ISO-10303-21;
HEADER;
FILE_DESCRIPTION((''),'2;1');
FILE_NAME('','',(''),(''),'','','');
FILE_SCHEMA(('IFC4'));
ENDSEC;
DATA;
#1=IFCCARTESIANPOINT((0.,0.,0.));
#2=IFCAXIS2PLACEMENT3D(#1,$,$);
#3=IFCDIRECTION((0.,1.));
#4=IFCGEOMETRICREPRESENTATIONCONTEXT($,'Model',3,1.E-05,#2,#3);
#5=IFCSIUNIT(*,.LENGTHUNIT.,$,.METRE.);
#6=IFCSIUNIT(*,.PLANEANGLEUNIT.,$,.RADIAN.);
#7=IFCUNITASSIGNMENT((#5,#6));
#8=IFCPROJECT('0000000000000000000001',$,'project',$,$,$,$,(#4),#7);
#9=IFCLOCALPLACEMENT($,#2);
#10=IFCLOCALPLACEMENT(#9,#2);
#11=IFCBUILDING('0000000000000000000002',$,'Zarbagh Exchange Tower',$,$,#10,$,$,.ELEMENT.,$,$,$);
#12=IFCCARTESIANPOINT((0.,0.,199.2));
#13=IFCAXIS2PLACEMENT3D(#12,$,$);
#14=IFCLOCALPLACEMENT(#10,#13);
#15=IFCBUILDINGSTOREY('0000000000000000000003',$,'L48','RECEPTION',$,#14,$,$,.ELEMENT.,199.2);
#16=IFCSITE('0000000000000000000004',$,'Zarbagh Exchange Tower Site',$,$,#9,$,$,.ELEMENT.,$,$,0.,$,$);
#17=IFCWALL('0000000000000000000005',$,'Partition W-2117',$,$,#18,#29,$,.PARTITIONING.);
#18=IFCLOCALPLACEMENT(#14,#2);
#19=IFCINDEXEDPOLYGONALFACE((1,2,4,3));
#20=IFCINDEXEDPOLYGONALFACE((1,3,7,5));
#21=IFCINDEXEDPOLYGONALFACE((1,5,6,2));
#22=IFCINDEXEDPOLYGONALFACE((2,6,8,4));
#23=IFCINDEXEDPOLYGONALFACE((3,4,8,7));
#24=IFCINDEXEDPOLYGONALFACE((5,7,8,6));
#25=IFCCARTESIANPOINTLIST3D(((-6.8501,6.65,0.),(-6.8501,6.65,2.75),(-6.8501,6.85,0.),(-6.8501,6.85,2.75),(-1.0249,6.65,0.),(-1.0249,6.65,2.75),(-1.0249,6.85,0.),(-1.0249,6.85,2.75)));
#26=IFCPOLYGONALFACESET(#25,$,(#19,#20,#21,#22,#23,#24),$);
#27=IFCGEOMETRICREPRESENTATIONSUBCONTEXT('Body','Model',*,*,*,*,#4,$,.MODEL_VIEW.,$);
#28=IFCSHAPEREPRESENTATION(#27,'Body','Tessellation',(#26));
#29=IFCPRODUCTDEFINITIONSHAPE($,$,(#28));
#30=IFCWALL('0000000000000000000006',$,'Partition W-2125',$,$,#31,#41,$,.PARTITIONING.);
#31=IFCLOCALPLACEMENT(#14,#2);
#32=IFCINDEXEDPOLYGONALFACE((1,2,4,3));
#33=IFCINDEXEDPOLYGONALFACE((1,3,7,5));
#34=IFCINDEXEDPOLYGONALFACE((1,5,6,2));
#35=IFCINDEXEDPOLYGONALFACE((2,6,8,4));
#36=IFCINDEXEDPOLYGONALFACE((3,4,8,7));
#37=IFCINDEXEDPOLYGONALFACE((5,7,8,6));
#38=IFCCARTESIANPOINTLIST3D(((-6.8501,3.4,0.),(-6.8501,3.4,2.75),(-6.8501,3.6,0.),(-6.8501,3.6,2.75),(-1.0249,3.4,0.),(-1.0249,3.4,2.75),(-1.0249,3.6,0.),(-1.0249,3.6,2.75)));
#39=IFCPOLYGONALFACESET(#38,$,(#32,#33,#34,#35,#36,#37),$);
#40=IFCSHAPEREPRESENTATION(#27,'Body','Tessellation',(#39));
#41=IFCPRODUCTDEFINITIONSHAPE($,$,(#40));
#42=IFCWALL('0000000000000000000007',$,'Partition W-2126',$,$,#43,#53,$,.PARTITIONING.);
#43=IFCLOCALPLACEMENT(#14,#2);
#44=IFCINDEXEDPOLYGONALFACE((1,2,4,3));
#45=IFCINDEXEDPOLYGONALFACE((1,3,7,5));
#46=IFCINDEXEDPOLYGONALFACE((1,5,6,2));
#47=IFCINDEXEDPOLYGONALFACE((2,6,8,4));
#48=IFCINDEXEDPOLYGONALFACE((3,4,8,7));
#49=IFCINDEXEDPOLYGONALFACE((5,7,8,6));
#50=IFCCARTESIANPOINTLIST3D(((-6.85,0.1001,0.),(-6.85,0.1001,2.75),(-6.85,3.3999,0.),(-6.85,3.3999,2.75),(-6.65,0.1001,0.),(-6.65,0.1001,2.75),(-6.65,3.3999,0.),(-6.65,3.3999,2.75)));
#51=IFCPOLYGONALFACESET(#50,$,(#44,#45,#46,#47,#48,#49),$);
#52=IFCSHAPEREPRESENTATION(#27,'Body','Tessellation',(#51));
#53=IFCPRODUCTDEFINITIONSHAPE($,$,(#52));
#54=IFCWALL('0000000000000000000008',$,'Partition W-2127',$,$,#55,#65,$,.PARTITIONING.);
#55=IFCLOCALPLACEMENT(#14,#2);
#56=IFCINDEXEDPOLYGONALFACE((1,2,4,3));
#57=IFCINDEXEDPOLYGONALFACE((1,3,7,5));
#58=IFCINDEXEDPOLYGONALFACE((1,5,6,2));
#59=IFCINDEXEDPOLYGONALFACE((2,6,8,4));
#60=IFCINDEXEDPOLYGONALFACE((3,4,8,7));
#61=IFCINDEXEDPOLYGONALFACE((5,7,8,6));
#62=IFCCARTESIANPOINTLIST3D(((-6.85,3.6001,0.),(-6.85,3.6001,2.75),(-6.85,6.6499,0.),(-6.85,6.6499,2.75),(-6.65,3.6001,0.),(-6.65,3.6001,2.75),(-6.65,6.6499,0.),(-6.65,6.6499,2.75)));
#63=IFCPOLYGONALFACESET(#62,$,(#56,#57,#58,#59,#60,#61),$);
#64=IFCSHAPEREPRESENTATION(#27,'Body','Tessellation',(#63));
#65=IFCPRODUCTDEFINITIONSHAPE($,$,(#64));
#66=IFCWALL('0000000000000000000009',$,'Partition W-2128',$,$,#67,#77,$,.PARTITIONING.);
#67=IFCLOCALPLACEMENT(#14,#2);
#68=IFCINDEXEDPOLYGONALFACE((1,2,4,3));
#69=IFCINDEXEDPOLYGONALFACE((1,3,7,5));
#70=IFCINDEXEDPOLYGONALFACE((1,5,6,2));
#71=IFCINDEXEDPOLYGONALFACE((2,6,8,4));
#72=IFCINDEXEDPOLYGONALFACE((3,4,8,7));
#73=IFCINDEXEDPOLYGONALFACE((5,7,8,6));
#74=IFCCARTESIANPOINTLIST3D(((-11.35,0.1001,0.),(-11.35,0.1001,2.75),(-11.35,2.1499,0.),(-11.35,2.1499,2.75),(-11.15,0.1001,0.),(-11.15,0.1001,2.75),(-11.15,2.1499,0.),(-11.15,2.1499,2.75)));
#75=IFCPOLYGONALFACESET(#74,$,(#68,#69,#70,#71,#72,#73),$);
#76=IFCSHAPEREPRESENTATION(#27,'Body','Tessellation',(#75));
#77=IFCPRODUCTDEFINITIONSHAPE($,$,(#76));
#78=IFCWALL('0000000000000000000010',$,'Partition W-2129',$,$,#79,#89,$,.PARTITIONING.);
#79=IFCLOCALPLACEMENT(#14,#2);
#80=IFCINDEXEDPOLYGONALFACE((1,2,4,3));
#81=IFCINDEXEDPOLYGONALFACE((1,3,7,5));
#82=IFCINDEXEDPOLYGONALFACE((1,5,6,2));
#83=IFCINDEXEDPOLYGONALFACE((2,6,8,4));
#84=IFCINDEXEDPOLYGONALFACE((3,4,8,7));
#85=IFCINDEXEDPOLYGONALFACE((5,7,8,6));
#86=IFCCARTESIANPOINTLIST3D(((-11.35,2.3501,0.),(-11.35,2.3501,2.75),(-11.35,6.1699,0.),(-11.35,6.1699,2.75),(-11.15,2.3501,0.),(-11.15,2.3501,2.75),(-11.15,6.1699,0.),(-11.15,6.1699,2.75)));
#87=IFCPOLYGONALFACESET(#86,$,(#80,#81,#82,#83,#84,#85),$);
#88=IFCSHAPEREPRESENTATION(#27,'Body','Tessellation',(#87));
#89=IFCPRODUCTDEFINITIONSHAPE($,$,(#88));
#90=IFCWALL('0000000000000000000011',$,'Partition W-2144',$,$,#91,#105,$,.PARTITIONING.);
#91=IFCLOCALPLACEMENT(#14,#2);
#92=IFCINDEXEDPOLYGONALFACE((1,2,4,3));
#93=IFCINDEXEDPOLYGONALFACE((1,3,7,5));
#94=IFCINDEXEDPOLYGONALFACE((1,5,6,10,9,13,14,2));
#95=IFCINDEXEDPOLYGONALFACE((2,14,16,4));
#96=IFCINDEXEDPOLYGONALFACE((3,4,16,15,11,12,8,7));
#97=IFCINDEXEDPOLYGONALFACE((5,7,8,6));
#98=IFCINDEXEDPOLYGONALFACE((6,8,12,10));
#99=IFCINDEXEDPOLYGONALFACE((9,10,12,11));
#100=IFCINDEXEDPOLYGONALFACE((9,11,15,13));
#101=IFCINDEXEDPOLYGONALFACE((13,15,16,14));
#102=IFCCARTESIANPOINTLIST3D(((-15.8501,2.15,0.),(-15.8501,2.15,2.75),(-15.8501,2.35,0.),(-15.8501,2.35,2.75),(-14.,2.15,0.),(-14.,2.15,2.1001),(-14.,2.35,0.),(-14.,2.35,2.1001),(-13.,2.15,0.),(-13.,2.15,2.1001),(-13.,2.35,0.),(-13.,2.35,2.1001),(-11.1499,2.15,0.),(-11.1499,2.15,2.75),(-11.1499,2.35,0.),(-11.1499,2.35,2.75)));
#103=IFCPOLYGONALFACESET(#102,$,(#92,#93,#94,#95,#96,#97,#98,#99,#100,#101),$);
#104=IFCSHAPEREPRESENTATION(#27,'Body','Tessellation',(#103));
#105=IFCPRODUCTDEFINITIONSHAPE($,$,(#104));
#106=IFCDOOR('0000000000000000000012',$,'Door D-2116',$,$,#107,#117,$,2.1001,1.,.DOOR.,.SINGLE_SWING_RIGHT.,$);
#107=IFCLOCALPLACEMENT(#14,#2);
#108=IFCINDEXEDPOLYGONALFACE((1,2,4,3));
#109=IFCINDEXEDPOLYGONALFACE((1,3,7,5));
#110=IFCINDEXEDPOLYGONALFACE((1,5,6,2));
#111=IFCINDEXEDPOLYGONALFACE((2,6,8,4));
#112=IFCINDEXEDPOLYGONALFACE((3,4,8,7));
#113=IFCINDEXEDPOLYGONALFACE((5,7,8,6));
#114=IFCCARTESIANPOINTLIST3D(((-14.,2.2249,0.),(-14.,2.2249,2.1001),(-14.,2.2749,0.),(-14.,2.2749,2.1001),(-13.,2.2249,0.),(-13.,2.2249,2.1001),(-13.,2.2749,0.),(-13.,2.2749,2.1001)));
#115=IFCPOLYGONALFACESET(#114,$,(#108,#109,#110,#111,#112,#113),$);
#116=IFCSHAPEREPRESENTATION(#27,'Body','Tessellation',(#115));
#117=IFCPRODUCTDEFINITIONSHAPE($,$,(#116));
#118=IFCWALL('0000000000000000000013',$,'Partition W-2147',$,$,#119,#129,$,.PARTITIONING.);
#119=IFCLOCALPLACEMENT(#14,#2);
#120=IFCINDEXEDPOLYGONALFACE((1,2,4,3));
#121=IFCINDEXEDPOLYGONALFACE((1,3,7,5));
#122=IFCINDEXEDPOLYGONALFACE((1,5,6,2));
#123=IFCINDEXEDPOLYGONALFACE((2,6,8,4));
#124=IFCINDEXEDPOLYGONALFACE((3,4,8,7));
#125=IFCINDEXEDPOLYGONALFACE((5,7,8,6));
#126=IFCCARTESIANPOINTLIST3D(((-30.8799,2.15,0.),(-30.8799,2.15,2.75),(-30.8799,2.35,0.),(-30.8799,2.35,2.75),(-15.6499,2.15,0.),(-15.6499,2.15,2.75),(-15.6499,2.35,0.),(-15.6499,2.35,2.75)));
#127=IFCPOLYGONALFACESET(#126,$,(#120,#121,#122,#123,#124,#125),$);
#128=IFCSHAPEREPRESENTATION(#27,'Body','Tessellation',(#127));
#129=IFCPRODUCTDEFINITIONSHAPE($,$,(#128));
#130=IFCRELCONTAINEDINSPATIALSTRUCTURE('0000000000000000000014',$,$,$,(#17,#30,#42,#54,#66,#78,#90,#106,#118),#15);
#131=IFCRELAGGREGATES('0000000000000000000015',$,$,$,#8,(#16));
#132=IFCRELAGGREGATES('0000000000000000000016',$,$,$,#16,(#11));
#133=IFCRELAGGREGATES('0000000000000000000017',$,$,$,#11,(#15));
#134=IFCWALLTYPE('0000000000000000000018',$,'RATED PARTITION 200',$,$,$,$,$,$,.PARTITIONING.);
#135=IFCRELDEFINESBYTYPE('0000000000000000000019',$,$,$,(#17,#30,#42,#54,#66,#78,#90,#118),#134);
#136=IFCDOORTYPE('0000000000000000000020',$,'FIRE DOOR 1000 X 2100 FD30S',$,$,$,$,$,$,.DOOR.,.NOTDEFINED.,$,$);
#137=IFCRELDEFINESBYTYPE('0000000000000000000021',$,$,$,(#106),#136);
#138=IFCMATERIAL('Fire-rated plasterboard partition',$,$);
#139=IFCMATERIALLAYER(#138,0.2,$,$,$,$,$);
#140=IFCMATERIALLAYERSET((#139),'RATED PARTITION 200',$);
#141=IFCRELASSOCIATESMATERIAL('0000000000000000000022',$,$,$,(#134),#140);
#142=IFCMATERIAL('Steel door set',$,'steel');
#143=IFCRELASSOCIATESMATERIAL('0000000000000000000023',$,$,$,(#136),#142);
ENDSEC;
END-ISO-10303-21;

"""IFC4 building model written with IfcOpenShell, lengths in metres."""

from ifc_helpers import new_model, si_unit, direction, frame, frame_2d, origin, place, context, subcontext, project, spatial, rectangle, extrude, material, layer, layer_set, type_object, element, fill, save


model = new_model("IFC4")

# Units and contexts
model_context = context("Model", 3, precision=1e-05, world=origin(), true_north=direction((0.0, 1.0)))
body_context = subcontext(model_context, "Body", "Model", "MODEL_VIEW")
ifc_project = project(units=[si_unit("LENGTHUNIT", "METRE"), si_unit("PLANEANGLEUNIT", "RADIAN")], contexts=[model_context])

# Site, building, storey
site_placement = place(None, origin())
site = spatial("IfcSite", under=ifc_project, at=site_placement, Name="Zarbagh Exchange Tower Site", CompositionType="ELEMENT", RefElevation=0.0)
building_placement = place(site_placement, origin())
building = spatial("IfcBuilding", under=site, at=building_placement, Name="Zarbagh Exchange Tower", CompositionType="ELEMENT")
storey_placement = place(building_placement, frame((0.0, 0.0, 199.2)))
storey = spatial("IfcBuildingStorey", under=building, at=storey_placement, Name="L48", Description="RECEPTION", CompositionType="ELEMENT", Elevation=199.2)

# Walls
ifc_material_1 = material(Name="Fire-rated plasterboard partition")
ifc_layer = layer(ifc_material_1, 0.2)
ifc_layer_set = layer_set([ifc_layer], Name="RATED PARTITION 200")
wall_type = type_object("IfcWallType", Name="RATED PARTITION 200", PredefinedType="PARTITIONING", material=ifc_layer_set)
for number, where, z_axis, x_axis, name in (
    (1, (-6.8501, 6.75, 0.0), (0.0, 0.0, 1.0), (1.0, 0.0, 0.0), "Partition W-2117"),
    (2, (-6.8501, 3.5, 0.0), (0.0, 0.0, 1.0), (1.0, 0.0, 0.0), "Partition W-2125"),
):
    element("IfcWall", number, at=place(storey_placement, frame(where, z_axis=z_axis, x_axis=x_axis)), inside=storey, type_object=wall_type, Name=name, PredefinedType="PARTITIONING", context=body_context, shape_type="SweptSolid", body=[
        extrude(rectangle(XDim=5.8252, YDim=0.2, at=frame_2d((2.9126, 0.0))), origin(), (0.0, 0.0, 1.0), 2.75),
    ])
wall_1_placement = place(storey_placement, frame((-6.75, 0.1001, 0.0), z_axis=(0.0, 0.0, 1.0), x_axis=(0.0, 1.0, 0.0)))
element("IfcWall", 3, at=wall_1_placement, inside=storey, type_object=wall_type, Name="Partition W-2126", PredefinedType="PARTITIONING", context=body_context, shape_type="SweptSolid", body=[
    extrude(rectangle(XDim=3.2998, YDim=0.2, at=frame_2d((1.6499, 0.0))), origin(), (0.0, 0.0, 1.0), 2.75),
])
wall_2_placement = place(storey_placement, frame((-6.75, 3.6001, 0.0), z_axis=(0.0, 0.0, 1.0), x_axis=(0.0, 1.0, 0.0)))
element("IfcWall", 4, at=wall_2_placement, inside=storey, type_object=wall_type, Name="Partition W-2127", PredefinedType="PARTITIONING", context=body_context, shape_type="SweptSolid", body=[
    extrude(rectangle(XDim=3.0498, YDim=0.2, at=frame_2d((1.5249, 0.0))), origin(), (0.0, 0.0, 1.0), 2.75),
])
wall_3_placement = place(storey_placement, frame((-11.25, 0.1001, 0.0), z_axis=(0.0, 0.0, 1.0), x_axis=(0.0, 1.0, 0.0)))
element("IfcWall", 5, at=wall_3_placement, inside=storey, type_object=wall_type, Name="Partition W-2128", PredefinedType="PARTITIONING", context=body_context, shape_type="SweptSolid", body=[
    extrude(rectangle(XDim=2.0498, YDim=0.2, at=frame_2d((1.0249, 0.0))), origin(), (0.0, 0.0, 1.0), 2.75),
])
wall_4_placement = place(storey_placement, frame((-11.25, 2.3501, 0.0), z_axis=(0.0, 0.0, 1.0), x_axis=(0.0, 1.0, 0.0)))
element("IfcWall", 6, at=wall_4_placement, inside=storey, type_object=wall_type, Name="Partition W-2129", PredefinedType="PARTITIONING", context=body_context, shape_type="SweptSolid", body=[
    extrude(rectangle(XDim=3.8198, YDim=0.2, at=frame_2d((1.9099, 0.0))), origin(), (0.0, 0.0, 1.0), 2.75),
])

# Wall, opening, door
wall_5_placement = place(storey_placement, frame((-15.8501, 2.25, 0.0), z_axis=(0.0, 0.0, 1.0), x_axis=(1.0, 0.0, 0.0)))
wall_5 = element("IfcWall", 7, at=wall_5_placement, inside=storey, type_object=wall_type, Name="Partition W-2144", PredefinedType="PARTITIONING", context=body_context, shape_type="SweptSolid", body=[
    extrude(rectangle(XDim=4.7002, YDim=0.2, at=frame_2d((2.3501, 0.0))), origin(), (0.0, 0.0, 1.0), 2.75),
])
opening_placement = place(wall_5_placement, frame((1.8501, 0.0, 0.0)))
opening = element("IfcOpeningElement", 8, at=opening_placement, cuts=wall_5, PredefinedType="OPENING", context=body_context, shape_type="SweptSolid", body=[
    extrude(rectangle(XDim=1.0, YDim=2.1001, at=frame_2d((0.5, 1.05))), frame((0.0, 0.1099, 0.0), z_axis=(0.0, -1.0, 0.0), x_axis=(1.0, 0.0, 0.0)), (0.0, 0.0, 1.0), 0.22),
])
ifc_material_2 = material(Name="Steel door set", Category="steel")
door_type = type_object("IfcDoorType", Name="FIRE DOOR 1000 X 2100 FD30S", OperationType="NOTDEFINED", PredefinedType="DOOR", material=ifc_material_2)
door_placement = place(opening_placement, origin())
door = element("IfcDoor", 9, at=door_placement, inside=storey, type_object=door_type, Name="Door D-2116", OperationType="SINGLE_SWING_RIGHT", OverallHeight=2.1001, OverallWidth=1.0, PredefinedType="DOOR", context=body_context, shape_type="SweptSolid", body=[
    extrude(rectangle(XDim=1.0, YDim=2.1001, at=frame_2d((0.5, 1.05))), frame((0.0, 0.0249, 0.0), z_axis=(0.0, -1.0, 0.0), x_axis=(1.0, 0.0, 0.0)), (0.0, 0.0, 1.0), 0.05),
])
fill(opening, door)

# Wall
wall_6_placement = place(storey_placement, frame((-30.8799, 2.25, 0.0), z_axis=(0.0, 0.0, 1.0), x_axis=(1.0, 0.0, 0.0)))
element("IfcWall", 10, at=wall_6_placement, inside=storey, type_object=wall_type, Name="Partition W-2147", PredefinedType="PARTITIONING", context=body_context, shape_type="SweptSolid", body=[
    extrude(rectangle(XDim=15.23, YDim=0.2, at=frame_2d((7.615, 0.0))), origin(), (0.0, 0.0, 1.0), 2.75),
])

save(model, "model.ifc")
